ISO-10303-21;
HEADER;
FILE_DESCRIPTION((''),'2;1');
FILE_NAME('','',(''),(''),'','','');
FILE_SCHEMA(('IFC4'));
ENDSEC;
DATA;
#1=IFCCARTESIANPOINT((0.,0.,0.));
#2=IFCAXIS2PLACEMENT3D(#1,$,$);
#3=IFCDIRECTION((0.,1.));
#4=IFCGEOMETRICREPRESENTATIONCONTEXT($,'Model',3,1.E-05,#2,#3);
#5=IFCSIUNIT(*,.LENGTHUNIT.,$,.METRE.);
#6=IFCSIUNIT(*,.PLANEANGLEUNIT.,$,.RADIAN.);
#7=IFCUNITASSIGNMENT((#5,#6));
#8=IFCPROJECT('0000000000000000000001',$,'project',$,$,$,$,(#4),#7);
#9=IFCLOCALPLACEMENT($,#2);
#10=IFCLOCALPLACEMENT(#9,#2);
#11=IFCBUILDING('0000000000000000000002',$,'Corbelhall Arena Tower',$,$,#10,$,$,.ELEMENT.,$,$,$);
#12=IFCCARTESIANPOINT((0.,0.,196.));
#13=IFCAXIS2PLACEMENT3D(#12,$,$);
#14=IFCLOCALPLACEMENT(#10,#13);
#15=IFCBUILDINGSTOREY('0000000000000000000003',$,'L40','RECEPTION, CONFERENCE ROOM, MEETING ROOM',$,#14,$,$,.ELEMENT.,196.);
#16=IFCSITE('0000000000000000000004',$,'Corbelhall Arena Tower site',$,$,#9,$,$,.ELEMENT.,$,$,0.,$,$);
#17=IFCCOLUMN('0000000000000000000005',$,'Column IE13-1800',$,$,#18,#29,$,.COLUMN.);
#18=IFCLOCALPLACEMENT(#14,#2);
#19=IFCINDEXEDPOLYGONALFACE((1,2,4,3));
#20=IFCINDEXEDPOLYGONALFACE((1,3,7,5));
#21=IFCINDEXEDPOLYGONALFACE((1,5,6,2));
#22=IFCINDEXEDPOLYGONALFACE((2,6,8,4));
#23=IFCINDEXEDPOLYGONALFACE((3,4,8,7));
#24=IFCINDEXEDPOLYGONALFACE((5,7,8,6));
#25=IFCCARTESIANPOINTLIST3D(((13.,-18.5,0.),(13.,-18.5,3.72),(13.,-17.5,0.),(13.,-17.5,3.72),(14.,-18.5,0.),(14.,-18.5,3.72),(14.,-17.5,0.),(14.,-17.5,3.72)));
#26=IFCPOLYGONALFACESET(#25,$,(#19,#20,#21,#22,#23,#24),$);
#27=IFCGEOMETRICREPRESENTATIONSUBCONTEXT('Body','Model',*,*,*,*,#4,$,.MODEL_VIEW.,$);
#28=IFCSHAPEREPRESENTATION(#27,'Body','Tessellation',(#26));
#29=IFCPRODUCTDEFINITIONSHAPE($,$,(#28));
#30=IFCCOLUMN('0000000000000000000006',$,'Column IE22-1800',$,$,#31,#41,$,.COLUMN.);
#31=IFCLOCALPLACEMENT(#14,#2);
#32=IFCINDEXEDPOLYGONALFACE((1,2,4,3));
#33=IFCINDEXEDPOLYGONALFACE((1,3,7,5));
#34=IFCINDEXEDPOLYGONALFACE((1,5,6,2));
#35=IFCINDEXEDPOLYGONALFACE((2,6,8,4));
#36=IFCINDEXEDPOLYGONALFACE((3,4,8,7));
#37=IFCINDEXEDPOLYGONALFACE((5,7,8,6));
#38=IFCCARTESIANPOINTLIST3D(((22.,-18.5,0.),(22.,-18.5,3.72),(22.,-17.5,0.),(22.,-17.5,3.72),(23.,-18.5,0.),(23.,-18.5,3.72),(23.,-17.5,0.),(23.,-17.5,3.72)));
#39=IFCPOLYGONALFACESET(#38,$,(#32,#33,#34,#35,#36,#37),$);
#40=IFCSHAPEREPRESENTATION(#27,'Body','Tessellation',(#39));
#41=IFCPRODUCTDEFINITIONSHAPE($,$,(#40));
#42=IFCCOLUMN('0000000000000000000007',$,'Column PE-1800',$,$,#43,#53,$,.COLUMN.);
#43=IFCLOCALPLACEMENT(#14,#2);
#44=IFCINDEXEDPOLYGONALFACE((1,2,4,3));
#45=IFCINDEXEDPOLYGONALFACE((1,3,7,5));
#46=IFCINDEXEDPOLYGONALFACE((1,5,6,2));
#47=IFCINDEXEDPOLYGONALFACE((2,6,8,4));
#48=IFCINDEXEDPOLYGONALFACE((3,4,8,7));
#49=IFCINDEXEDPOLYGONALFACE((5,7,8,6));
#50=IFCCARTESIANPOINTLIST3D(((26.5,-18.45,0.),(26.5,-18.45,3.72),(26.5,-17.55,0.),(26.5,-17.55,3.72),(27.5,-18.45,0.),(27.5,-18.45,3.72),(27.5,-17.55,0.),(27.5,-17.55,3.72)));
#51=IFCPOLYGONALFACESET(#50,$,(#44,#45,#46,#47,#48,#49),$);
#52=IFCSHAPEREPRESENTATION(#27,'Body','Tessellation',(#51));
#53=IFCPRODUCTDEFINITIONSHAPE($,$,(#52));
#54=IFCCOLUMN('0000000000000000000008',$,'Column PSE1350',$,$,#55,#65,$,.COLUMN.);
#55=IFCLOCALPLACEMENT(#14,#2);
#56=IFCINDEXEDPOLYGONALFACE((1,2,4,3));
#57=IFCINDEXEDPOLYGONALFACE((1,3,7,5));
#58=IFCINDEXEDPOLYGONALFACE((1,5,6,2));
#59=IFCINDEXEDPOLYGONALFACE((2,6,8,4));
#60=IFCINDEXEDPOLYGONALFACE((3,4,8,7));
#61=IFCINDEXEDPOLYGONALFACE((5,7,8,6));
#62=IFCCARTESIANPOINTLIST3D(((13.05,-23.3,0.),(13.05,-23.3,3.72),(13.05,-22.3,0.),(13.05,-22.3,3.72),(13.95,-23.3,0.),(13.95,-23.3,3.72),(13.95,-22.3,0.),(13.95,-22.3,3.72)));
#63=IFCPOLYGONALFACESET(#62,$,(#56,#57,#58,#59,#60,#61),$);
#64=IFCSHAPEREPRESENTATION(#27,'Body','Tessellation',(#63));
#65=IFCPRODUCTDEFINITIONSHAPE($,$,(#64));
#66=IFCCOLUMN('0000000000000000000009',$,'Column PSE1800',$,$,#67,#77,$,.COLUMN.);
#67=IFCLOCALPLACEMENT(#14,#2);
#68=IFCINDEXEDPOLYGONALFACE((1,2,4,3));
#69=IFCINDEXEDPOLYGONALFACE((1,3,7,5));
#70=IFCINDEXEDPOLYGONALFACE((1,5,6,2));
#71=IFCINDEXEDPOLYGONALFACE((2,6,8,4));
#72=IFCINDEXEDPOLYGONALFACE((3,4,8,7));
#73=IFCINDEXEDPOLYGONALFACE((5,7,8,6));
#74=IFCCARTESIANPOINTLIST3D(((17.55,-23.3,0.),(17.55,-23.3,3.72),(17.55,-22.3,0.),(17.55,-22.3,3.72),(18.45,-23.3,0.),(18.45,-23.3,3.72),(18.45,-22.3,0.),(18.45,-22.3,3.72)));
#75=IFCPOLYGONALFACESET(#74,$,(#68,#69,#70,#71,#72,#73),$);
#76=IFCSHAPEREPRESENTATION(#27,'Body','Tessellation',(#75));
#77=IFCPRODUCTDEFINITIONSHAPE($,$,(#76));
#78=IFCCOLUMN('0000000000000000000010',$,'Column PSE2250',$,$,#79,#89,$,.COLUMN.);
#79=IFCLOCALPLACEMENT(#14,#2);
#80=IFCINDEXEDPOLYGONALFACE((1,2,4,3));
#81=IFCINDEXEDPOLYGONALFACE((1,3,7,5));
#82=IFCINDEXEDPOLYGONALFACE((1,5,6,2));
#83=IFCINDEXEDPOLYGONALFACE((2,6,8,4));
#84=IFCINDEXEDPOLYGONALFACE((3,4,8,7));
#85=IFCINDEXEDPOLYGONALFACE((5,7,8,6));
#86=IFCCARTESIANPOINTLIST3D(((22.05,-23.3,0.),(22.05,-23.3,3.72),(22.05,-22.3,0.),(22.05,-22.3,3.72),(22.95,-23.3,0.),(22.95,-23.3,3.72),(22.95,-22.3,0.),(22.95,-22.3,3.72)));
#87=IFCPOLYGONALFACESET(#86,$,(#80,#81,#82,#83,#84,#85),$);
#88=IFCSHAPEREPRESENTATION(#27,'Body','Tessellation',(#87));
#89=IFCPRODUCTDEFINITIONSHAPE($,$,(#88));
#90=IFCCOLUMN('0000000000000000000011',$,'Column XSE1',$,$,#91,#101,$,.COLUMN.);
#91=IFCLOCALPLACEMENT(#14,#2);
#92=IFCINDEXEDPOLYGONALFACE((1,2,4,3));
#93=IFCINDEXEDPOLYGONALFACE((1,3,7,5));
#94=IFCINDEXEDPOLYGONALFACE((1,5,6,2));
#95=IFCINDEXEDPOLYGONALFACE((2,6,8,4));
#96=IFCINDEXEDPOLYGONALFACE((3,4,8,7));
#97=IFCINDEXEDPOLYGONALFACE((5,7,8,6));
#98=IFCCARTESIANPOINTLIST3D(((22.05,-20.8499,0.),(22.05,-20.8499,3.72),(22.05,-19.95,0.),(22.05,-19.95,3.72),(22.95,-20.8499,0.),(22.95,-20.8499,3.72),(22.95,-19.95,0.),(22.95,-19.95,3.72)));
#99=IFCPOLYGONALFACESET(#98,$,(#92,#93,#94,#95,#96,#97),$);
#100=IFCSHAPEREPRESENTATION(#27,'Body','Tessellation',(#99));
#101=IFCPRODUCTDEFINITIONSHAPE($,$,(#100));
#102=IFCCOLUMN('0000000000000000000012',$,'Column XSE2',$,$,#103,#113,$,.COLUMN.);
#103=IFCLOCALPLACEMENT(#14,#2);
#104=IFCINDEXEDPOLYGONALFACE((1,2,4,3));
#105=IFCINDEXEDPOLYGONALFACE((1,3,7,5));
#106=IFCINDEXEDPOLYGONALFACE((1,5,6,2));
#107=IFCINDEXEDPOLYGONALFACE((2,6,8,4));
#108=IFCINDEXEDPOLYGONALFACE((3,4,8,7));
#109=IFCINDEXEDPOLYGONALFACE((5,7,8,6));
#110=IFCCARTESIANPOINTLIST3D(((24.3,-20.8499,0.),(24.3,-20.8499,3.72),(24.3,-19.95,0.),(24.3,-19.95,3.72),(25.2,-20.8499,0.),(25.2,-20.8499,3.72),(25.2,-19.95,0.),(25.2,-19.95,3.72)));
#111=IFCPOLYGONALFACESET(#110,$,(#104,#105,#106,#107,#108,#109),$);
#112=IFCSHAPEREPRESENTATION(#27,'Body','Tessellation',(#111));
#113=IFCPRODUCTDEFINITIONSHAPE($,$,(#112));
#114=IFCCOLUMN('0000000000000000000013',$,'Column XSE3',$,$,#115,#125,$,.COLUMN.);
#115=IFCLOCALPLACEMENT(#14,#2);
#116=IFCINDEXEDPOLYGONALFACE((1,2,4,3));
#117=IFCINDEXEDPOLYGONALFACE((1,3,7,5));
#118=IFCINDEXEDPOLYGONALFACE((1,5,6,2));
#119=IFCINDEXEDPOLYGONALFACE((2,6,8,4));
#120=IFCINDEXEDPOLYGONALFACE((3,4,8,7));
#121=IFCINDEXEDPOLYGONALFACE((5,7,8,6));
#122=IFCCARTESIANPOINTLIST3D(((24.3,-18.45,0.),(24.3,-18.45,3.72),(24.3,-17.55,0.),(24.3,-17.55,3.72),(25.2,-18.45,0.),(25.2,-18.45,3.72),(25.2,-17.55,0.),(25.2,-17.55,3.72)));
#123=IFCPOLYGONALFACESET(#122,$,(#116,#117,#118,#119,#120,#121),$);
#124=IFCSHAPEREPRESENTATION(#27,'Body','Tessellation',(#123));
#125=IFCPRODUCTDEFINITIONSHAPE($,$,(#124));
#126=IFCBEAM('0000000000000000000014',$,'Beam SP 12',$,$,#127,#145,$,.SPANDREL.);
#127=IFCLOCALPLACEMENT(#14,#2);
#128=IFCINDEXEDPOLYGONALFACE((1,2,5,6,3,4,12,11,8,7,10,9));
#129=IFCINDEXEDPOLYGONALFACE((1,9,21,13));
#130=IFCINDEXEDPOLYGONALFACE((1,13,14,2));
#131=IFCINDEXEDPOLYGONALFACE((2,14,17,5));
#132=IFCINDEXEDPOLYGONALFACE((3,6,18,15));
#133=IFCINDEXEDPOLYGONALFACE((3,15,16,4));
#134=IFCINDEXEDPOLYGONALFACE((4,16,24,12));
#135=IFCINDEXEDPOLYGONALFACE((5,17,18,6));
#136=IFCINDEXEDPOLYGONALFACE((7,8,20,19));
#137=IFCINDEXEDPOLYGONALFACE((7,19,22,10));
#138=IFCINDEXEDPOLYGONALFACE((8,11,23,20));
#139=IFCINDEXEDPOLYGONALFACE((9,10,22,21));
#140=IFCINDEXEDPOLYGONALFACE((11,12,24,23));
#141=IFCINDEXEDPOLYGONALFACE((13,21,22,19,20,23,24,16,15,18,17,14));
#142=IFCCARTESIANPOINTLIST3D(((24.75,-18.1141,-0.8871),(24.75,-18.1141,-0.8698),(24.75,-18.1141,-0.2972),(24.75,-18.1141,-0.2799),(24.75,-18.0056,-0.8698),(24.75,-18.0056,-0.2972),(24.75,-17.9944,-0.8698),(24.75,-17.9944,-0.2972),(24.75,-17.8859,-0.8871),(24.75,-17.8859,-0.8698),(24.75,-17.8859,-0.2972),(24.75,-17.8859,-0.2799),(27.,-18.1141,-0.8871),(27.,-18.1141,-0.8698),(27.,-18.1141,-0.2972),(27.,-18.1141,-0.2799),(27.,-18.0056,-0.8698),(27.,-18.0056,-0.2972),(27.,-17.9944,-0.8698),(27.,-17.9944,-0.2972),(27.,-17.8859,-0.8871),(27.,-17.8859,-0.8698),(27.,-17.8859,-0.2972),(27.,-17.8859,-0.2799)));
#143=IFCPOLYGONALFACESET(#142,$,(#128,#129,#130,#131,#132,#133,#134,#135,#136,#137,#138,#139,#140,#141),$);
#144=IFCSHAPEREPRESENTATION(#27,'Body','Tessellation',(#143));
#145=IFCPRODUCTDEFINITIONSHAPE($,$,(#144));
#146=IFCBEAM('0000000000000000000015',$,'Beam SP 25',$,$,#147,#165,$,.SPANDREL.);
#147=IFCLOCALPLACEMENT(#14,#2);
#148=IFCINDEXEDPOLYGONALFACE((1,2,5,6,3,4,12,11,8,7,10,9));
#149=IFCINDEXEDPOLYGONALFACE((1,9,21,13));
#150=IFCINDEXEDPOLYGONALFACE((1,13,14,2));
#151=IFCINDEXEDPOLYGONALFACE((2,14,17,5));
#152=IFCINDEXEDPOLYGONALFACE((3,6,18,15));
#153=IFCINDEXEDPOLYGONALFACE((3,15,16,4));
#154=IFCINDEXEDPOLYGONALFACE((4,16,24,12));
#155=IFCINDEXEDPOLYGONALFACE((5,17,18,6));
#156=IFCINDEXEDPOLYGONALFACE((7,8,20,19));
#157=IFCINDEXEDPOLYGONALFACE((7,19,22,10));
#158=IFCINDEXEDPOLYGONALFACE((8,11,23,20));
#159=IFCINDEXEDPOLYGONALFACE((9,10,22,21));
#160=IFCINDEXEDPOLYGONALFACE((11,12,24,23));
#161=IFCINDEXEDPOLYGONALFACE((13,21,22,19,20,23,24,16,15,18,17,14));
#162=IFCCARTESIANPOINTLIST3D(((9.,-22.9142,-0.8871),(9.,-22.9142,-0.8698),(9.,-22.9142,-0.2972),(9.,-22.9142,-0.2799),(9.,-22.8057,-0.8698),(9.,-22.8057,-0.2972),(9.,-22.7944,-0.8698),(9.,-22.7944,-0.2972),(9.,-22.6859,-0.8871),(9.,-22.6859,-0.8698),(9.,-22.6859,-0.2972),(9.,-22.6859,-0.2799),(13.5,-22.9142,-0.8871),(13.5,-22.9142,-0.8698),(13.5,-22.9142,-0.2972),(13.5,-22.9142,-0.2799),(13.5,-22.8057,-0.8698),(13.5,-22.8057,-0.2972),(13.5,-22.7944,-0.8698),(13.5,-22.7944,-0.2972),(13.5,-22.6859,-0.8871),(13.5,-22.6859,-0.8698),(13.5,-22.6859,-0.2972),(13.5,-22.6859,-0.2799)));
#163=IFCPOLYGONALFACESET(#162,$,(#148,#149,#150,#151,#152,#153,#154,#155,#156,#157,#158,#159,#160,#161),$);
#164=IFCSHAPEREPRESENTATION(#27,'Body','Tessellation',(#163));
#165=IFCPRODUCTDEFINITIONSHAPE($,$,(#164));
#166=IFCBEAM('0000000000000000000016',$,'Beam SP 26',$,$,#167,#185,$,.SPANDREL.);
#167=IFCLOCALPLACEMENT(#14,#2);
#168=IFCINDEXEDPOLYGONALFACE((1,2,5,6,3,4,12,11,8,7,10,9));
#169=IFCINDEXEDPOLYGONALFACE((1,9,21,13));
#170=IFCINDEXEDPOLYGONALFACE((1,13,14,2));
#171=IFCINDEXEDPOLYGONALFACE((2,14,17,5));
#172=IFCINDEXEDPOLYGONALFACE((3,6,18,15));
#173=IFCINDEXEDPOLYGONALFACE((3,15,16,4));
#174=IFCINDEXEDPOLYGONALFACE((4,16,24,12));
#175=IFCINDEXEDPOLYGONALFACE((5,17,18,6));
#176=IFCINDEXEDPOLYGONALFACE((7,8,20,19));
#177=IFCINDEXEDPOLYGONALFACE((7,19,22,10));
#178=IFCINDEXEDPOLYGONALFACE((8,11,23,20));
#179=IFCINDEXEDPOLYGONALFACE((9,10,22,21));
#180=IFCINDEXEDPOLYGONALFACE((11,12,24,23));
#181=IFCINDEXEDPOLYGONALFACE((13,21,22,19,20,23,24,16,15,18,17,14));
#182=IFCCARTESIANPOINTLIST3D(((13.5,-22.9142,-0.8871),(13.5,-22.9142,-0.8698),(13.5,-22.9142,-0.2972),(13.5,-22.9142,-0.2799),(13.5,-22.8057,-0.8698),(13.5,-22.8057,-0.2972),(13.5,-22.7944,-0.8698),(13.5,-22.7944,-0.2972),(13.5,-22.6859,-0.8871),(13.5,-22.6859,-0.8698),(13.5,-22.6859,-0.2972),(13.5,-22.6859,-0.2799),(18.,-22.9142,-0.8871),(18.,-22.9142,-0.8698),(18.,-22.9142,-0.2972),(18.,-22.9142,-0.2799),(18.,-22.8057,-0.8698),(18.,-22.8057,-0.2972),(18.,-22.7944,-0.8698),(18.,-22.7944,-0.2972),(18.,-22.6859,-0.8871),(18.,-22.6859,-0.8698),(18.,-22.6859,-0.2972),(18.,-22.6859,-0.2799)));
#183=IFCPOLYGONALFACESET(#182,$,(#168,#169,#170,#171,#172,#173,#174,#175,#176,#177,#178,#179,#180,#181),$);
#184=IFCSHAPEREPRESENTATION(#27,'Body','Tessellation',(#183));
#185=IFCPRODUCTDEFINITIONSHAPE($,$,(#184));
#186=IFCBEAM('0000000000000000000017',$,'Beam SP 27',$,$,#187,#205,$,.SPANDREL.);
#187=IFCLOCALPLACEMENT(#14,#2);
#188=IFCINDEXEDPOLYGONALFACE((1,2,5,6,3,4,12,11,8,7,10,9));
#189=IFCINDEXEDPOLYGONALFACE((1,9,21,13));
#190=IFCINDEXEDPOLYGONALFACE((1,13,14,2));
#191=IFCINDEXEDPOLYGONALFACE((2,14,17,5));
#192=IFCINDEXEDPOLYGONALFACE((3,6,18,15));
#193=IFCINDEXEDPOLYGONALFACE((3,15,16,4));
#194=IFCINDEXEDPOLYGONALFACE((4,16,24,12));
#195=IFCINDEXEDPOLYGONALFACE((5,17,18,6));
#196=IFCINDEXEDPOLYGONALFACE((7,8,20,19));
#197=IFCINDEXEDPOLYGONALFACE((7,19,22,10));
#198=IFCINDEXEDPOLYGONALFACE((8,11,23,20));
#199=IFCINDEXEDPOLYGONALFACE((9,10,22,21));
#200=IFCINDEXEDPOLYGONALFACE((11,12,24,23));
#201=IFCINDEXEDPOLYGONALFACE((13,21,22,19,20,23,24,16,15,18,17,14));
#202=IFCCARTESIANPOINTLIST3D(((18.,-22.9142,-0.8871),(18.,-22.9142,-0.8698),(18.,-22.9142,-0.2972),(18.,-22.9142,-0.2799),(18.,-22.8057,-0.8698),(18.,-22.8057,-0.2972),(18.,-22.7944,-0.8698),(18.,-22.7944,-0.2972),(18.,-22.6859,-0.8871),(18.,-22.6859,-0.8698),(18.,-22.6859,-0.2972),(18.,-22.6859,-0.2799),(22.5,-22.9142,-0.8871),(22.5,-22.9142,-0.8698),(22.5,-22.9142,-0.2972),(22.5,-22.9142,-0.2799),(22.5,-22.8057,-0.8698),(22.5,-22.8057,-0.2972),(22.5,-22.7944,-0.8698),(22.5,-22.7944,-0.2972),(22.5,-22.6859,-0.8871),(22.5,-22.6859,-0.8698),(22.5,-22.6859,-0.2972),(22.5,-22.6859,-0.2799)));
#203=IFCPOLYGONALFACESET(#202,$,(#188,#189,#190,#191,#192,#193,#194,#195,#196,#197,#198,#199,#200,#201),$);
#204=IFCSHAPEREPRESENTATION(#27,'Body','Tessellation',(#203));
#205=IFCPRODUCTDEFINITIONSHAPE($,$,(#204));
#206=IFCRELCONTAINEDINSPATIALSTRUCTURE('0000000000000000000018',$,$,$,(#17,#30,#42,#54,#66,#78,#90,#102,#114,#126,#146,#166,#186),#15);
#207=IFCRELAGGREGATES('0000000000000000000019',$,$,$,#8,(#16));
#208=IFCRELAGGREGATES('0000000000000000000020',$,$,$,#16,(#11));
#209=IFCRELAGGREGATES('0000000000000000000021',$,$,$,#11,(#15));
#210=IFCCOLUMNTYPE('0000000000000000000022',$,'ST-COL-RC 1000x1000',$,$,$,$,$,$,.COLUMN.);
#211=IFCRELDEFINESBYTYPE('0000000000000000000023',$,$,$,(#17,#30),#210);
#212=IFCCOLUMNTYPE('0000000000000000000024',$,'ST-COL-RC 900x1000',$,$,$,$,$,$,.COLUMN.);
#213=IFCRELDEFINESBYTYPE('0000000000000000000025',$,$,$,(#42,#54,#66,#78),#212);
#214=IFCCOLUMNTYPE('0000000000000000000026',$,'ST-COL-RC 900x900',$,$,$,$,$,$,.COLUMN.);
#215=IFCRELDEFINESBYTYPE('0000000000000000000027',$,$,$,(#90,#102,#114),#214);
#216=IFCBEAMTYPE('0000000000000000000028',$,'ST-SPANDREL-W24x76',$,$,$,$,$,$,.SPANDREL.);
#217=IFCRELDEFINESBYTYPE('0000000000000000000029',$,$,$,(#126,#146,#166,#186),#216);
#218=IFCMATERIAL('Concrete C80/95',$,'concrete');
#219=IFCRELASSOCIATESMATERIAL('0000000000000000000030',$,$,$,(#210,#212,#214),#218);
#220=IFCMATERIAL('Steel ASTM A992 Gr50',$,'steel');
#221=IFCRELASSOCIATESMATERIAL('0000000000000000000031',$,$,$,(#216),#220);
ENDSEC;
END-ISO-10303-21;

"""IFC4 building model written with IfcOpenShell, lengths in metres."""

from ifc_helpers import new_model, si_unit, direction, frame, origin, origin_2d, place, context, subcontext, project, spatial, rectangle, i_section, extrude, material, material_profile, profile_set, type_object, element, save


model = new_model("IFC4")

# Units and contexts
model_context = context("Model", 3, precision=1e-05, world=origin(), true_north=direction((0.0, 1.0)))
body_context = subcontext(model_context, "Body", "Model", "MODEL_VIEW")
ifc_project = project(units=[si_unit("LENGTHUNIT", "METRE"), si_unit("PLANEANGLEUNIT", "RADIAN")], contexts=[model_context])

# Site, building, storey
site_placement = place(None, origin())
site = spatial("IfcSite", under=ifc_project, at=site_placement, Name="Corbelhall Arena Tower site", CompositionType="ELEMENT", RefElevation=0.0)
building_placement = place(site_placement, origin())
building = spatial("IfcBuilding", under=site, at=building_placement, Name="Corbelhall Arena Tower", CompositionType="ELEMENT")
storey_placement = place(building_placement, frame((0.0, 0.0, 196.0)))
storey = spatial("IfcBuildingStorey", under=building, at=storey_placement, Name="L40", Description="RECEPTION, CONFERENCE ROOM, MEETING ROOM", CompositionType="ELEMENT", Elevation=196.0)

# Columns
ifc_material_1 = material(Name="Concrete C80/95", Category="concrete")
ifc_material_profile_1 = material_profile(ifc_material_1, rectangle(XDim=1.0, YDim=1.0, at=origin_2d()))
ifc_profile_set_1 = profile_set([ifc_material_profile_1], Name="Concrete C80/95")
column_type_1 = type_object("IfcColumnType", Name="ST-COL-RC 1000x1000", PredefinedType="COLUMN", material=ifc_profile_set_1)
for number, where, z_axis, x_axis, name in (
    (1, (13.5, -18.0, 0.0), (0.0, 0.0, 1.0), (1.0, 0.0, 0.0), "Column IE13-1800"),
    (2, (22.5, -18.0, 0.0), (0.0, 0.0, 1.0), (1.0, 0.0, 0.0), "Column IE22-1800"),
):
    element("IfcColumn", number, at=place(storey_placement, frame(where, z_axis=z_axis, x_axis=x_axis)), inside=storey, type_object=column_type_1, Name=name, PredefinedType="COLUMN", context=body_context, shape_type="SweptSolid", body=[
        extrude(rectangle(XDim=1.0, YDim=1.0, at=origin_2d()), origin(), (0.0, 0.0, 1.0), 3.72),
    ])
ifc_material_profile_2 = material_profile(ifc_material_1, rectangle(XDim=0.8999, YDim=1.0, at=origin_2d()))
ifc_profile_set_2 = profile_set([ifc_material_profile_2], Name="Concrete C80/95")
column_type_2 = type_object("IfcColumnType", Name="ST-COL-RC 900x1000", PredefinedType="COLUMN", material=ifc_profile_set_2)
for number, where, z_axis, x_axis, name in (
    (3, (27.0, -18.0, 0.0), (0.0, 0.0, 1.0), (0.0, 1.0, 0.0), "Column PE-1800"),
    (4, (13.5, -22.8, 0.0), (0.0, 0.0, 1.0), (1.0, 0.0, 0.0), "Column PSE1350"),
    (5, (18.0, -22.8, 0.0), (0.0, 0.0, 1.0), (1.0, 0.0, 0.0), "Column PSE1800"),
    (6, (22.5, -22.8, 0.0), (0.0, 0.0, 1.0), (1.0, 0.0, 0.0), "Column PSE2250"),
):
    element("IfcColumn", number, at=place(storey_placement, frame(where, z_axis=z_axis, x_axis=x_axis)), inside=storey, type_object=column_type_2, Name=name, PredefinedType="COLUMN", context=body_context, shape_type="SweptSolid", body=[
        extrude(rectangle(XDim=0.8999, YDim=1.0, at=origin_2d()), origin(), (0.0, 0.0, 1.0), 3.72),
    ])
ifc_material_profile_3 = material_profile(ifc_material_1, rectangle(XDim=0.8999, YDim=0.8999, at=origin_2d()))
ifc_profile_set_3 = profile_set([ifc_material_profile_3], Name="Concrete C80/95")
column_type_3 = type_object("IfcColumnType", Name="ST-COL-RC 900x900", PredefinedType="COLUMN", material=ifc_profile_set_3)
for number, where, z_axis, x_axis, name in (
    (7, (22.5, -20.3999, 0.0), (0.0, 0.0, 1.0), (1.0, 0.0, 0.0), "Column XSE1"),
    (8, (24.75, -20.3999, 0.0), (0.0, 0.0, 1.0), (1.0, 0.0, 0.0), "Column XSE2"),
    (9, (24.75, -18.0, 0.0), (0.0, 0.0, 1.0), (1.0, 0.0, 0.0), "Column XSE3"),
):
    element("IfcColumn", number, at=place(storey_placement, frame(where, z_axis=z_axis, x_axis=x_axis)), inside=storey, type_object=column_type_3, Name=name, PredefinedType="COLUMN", context=body_context, shape_type="SweptSolid", body=[
        extrude(rectangle(XDim=0.8999, YDim=0.8999, at=origin_2d()), origin(), (0.0, 0.0, 1.0), 3.72),
    ])

# Beams
ifc_material_2 = material(Name="Steel ASTM A992 Gr50", Category="steel")
ifc_material_profile_4 = material_profile(ifc_material_2, i_section(OverallWidth=0.2283, OverallDepth=0.6072, WebThickness=0.0112, FlangeThickness=0.0173, at=origin_2d()))
ifc_profile_set_4 = profile_set([ifc_material_profile_4], Name="Steel ASTM A992 Gr50")
beam_type = type_object("IfcBeamType", Name="ST-SPANDREL-W24x76", PredefinedType="SPANDREL", material=ifc_profile_set_4)
beam_1_placement = place(storey_placement, frame((27.0, -18.0, -0.5835), z_axis=(-1.0, 0.0, 0.0), x_axis=(0.0, -1.0, 0.0)))
element("IfcBeam", 10, at=beam_1_placement, inside=storey, type_object=beam_type, Name="Beam SP 12", PredefinedType="SPANDREL", context=body_context, shape_type="SweptSolid", body=[
    extrude(i_section(OverallWidth=0.2283, OverallDepth=0.6072, WebThickness=0.0112, FlangeThickness=0.0173, at=origin_2d()), origin(), (0.0, 0.0, 1.0), 2.25),
])
for number, where, z_axis, x_axis, name in (
    (11, (13.5, -22.8, -0.5835), (-1.0, 0.0, 0.0), (0.0, -1.0, 0.0), "Beam SP 25"),
    (12, (18.0, -22.8, -0.5835), (-1.0, 0.0, 0.0), (0.0, -1.0, 0.0), "Beam SP 26"),
    (13, (22.5, -22.8, -0.5835), (-1.0, 0.0, 0.0), (0.0, -1.0, 0.0), "Beam SP 27"),
):
    element("IfcBeam", number, at=place(storey_placement, frame(where, z_axis=z_axis, x_axis=x_axis)), inside=storey, type_object=beam_type, Name=name, PredefinedType="SPANDREL", context=body_context, shape_type="SweptSolid", body=[
        extrude(i_section(OverallWidth=0.2283, OverallDepth=0.6072, WebThickness=0.0112, FlangeThickness=0.0173, at=origin_2d()), origin(), (0.0, 0.0, 1.0), 4.5),
    ])

save(model, "model.ifc")
